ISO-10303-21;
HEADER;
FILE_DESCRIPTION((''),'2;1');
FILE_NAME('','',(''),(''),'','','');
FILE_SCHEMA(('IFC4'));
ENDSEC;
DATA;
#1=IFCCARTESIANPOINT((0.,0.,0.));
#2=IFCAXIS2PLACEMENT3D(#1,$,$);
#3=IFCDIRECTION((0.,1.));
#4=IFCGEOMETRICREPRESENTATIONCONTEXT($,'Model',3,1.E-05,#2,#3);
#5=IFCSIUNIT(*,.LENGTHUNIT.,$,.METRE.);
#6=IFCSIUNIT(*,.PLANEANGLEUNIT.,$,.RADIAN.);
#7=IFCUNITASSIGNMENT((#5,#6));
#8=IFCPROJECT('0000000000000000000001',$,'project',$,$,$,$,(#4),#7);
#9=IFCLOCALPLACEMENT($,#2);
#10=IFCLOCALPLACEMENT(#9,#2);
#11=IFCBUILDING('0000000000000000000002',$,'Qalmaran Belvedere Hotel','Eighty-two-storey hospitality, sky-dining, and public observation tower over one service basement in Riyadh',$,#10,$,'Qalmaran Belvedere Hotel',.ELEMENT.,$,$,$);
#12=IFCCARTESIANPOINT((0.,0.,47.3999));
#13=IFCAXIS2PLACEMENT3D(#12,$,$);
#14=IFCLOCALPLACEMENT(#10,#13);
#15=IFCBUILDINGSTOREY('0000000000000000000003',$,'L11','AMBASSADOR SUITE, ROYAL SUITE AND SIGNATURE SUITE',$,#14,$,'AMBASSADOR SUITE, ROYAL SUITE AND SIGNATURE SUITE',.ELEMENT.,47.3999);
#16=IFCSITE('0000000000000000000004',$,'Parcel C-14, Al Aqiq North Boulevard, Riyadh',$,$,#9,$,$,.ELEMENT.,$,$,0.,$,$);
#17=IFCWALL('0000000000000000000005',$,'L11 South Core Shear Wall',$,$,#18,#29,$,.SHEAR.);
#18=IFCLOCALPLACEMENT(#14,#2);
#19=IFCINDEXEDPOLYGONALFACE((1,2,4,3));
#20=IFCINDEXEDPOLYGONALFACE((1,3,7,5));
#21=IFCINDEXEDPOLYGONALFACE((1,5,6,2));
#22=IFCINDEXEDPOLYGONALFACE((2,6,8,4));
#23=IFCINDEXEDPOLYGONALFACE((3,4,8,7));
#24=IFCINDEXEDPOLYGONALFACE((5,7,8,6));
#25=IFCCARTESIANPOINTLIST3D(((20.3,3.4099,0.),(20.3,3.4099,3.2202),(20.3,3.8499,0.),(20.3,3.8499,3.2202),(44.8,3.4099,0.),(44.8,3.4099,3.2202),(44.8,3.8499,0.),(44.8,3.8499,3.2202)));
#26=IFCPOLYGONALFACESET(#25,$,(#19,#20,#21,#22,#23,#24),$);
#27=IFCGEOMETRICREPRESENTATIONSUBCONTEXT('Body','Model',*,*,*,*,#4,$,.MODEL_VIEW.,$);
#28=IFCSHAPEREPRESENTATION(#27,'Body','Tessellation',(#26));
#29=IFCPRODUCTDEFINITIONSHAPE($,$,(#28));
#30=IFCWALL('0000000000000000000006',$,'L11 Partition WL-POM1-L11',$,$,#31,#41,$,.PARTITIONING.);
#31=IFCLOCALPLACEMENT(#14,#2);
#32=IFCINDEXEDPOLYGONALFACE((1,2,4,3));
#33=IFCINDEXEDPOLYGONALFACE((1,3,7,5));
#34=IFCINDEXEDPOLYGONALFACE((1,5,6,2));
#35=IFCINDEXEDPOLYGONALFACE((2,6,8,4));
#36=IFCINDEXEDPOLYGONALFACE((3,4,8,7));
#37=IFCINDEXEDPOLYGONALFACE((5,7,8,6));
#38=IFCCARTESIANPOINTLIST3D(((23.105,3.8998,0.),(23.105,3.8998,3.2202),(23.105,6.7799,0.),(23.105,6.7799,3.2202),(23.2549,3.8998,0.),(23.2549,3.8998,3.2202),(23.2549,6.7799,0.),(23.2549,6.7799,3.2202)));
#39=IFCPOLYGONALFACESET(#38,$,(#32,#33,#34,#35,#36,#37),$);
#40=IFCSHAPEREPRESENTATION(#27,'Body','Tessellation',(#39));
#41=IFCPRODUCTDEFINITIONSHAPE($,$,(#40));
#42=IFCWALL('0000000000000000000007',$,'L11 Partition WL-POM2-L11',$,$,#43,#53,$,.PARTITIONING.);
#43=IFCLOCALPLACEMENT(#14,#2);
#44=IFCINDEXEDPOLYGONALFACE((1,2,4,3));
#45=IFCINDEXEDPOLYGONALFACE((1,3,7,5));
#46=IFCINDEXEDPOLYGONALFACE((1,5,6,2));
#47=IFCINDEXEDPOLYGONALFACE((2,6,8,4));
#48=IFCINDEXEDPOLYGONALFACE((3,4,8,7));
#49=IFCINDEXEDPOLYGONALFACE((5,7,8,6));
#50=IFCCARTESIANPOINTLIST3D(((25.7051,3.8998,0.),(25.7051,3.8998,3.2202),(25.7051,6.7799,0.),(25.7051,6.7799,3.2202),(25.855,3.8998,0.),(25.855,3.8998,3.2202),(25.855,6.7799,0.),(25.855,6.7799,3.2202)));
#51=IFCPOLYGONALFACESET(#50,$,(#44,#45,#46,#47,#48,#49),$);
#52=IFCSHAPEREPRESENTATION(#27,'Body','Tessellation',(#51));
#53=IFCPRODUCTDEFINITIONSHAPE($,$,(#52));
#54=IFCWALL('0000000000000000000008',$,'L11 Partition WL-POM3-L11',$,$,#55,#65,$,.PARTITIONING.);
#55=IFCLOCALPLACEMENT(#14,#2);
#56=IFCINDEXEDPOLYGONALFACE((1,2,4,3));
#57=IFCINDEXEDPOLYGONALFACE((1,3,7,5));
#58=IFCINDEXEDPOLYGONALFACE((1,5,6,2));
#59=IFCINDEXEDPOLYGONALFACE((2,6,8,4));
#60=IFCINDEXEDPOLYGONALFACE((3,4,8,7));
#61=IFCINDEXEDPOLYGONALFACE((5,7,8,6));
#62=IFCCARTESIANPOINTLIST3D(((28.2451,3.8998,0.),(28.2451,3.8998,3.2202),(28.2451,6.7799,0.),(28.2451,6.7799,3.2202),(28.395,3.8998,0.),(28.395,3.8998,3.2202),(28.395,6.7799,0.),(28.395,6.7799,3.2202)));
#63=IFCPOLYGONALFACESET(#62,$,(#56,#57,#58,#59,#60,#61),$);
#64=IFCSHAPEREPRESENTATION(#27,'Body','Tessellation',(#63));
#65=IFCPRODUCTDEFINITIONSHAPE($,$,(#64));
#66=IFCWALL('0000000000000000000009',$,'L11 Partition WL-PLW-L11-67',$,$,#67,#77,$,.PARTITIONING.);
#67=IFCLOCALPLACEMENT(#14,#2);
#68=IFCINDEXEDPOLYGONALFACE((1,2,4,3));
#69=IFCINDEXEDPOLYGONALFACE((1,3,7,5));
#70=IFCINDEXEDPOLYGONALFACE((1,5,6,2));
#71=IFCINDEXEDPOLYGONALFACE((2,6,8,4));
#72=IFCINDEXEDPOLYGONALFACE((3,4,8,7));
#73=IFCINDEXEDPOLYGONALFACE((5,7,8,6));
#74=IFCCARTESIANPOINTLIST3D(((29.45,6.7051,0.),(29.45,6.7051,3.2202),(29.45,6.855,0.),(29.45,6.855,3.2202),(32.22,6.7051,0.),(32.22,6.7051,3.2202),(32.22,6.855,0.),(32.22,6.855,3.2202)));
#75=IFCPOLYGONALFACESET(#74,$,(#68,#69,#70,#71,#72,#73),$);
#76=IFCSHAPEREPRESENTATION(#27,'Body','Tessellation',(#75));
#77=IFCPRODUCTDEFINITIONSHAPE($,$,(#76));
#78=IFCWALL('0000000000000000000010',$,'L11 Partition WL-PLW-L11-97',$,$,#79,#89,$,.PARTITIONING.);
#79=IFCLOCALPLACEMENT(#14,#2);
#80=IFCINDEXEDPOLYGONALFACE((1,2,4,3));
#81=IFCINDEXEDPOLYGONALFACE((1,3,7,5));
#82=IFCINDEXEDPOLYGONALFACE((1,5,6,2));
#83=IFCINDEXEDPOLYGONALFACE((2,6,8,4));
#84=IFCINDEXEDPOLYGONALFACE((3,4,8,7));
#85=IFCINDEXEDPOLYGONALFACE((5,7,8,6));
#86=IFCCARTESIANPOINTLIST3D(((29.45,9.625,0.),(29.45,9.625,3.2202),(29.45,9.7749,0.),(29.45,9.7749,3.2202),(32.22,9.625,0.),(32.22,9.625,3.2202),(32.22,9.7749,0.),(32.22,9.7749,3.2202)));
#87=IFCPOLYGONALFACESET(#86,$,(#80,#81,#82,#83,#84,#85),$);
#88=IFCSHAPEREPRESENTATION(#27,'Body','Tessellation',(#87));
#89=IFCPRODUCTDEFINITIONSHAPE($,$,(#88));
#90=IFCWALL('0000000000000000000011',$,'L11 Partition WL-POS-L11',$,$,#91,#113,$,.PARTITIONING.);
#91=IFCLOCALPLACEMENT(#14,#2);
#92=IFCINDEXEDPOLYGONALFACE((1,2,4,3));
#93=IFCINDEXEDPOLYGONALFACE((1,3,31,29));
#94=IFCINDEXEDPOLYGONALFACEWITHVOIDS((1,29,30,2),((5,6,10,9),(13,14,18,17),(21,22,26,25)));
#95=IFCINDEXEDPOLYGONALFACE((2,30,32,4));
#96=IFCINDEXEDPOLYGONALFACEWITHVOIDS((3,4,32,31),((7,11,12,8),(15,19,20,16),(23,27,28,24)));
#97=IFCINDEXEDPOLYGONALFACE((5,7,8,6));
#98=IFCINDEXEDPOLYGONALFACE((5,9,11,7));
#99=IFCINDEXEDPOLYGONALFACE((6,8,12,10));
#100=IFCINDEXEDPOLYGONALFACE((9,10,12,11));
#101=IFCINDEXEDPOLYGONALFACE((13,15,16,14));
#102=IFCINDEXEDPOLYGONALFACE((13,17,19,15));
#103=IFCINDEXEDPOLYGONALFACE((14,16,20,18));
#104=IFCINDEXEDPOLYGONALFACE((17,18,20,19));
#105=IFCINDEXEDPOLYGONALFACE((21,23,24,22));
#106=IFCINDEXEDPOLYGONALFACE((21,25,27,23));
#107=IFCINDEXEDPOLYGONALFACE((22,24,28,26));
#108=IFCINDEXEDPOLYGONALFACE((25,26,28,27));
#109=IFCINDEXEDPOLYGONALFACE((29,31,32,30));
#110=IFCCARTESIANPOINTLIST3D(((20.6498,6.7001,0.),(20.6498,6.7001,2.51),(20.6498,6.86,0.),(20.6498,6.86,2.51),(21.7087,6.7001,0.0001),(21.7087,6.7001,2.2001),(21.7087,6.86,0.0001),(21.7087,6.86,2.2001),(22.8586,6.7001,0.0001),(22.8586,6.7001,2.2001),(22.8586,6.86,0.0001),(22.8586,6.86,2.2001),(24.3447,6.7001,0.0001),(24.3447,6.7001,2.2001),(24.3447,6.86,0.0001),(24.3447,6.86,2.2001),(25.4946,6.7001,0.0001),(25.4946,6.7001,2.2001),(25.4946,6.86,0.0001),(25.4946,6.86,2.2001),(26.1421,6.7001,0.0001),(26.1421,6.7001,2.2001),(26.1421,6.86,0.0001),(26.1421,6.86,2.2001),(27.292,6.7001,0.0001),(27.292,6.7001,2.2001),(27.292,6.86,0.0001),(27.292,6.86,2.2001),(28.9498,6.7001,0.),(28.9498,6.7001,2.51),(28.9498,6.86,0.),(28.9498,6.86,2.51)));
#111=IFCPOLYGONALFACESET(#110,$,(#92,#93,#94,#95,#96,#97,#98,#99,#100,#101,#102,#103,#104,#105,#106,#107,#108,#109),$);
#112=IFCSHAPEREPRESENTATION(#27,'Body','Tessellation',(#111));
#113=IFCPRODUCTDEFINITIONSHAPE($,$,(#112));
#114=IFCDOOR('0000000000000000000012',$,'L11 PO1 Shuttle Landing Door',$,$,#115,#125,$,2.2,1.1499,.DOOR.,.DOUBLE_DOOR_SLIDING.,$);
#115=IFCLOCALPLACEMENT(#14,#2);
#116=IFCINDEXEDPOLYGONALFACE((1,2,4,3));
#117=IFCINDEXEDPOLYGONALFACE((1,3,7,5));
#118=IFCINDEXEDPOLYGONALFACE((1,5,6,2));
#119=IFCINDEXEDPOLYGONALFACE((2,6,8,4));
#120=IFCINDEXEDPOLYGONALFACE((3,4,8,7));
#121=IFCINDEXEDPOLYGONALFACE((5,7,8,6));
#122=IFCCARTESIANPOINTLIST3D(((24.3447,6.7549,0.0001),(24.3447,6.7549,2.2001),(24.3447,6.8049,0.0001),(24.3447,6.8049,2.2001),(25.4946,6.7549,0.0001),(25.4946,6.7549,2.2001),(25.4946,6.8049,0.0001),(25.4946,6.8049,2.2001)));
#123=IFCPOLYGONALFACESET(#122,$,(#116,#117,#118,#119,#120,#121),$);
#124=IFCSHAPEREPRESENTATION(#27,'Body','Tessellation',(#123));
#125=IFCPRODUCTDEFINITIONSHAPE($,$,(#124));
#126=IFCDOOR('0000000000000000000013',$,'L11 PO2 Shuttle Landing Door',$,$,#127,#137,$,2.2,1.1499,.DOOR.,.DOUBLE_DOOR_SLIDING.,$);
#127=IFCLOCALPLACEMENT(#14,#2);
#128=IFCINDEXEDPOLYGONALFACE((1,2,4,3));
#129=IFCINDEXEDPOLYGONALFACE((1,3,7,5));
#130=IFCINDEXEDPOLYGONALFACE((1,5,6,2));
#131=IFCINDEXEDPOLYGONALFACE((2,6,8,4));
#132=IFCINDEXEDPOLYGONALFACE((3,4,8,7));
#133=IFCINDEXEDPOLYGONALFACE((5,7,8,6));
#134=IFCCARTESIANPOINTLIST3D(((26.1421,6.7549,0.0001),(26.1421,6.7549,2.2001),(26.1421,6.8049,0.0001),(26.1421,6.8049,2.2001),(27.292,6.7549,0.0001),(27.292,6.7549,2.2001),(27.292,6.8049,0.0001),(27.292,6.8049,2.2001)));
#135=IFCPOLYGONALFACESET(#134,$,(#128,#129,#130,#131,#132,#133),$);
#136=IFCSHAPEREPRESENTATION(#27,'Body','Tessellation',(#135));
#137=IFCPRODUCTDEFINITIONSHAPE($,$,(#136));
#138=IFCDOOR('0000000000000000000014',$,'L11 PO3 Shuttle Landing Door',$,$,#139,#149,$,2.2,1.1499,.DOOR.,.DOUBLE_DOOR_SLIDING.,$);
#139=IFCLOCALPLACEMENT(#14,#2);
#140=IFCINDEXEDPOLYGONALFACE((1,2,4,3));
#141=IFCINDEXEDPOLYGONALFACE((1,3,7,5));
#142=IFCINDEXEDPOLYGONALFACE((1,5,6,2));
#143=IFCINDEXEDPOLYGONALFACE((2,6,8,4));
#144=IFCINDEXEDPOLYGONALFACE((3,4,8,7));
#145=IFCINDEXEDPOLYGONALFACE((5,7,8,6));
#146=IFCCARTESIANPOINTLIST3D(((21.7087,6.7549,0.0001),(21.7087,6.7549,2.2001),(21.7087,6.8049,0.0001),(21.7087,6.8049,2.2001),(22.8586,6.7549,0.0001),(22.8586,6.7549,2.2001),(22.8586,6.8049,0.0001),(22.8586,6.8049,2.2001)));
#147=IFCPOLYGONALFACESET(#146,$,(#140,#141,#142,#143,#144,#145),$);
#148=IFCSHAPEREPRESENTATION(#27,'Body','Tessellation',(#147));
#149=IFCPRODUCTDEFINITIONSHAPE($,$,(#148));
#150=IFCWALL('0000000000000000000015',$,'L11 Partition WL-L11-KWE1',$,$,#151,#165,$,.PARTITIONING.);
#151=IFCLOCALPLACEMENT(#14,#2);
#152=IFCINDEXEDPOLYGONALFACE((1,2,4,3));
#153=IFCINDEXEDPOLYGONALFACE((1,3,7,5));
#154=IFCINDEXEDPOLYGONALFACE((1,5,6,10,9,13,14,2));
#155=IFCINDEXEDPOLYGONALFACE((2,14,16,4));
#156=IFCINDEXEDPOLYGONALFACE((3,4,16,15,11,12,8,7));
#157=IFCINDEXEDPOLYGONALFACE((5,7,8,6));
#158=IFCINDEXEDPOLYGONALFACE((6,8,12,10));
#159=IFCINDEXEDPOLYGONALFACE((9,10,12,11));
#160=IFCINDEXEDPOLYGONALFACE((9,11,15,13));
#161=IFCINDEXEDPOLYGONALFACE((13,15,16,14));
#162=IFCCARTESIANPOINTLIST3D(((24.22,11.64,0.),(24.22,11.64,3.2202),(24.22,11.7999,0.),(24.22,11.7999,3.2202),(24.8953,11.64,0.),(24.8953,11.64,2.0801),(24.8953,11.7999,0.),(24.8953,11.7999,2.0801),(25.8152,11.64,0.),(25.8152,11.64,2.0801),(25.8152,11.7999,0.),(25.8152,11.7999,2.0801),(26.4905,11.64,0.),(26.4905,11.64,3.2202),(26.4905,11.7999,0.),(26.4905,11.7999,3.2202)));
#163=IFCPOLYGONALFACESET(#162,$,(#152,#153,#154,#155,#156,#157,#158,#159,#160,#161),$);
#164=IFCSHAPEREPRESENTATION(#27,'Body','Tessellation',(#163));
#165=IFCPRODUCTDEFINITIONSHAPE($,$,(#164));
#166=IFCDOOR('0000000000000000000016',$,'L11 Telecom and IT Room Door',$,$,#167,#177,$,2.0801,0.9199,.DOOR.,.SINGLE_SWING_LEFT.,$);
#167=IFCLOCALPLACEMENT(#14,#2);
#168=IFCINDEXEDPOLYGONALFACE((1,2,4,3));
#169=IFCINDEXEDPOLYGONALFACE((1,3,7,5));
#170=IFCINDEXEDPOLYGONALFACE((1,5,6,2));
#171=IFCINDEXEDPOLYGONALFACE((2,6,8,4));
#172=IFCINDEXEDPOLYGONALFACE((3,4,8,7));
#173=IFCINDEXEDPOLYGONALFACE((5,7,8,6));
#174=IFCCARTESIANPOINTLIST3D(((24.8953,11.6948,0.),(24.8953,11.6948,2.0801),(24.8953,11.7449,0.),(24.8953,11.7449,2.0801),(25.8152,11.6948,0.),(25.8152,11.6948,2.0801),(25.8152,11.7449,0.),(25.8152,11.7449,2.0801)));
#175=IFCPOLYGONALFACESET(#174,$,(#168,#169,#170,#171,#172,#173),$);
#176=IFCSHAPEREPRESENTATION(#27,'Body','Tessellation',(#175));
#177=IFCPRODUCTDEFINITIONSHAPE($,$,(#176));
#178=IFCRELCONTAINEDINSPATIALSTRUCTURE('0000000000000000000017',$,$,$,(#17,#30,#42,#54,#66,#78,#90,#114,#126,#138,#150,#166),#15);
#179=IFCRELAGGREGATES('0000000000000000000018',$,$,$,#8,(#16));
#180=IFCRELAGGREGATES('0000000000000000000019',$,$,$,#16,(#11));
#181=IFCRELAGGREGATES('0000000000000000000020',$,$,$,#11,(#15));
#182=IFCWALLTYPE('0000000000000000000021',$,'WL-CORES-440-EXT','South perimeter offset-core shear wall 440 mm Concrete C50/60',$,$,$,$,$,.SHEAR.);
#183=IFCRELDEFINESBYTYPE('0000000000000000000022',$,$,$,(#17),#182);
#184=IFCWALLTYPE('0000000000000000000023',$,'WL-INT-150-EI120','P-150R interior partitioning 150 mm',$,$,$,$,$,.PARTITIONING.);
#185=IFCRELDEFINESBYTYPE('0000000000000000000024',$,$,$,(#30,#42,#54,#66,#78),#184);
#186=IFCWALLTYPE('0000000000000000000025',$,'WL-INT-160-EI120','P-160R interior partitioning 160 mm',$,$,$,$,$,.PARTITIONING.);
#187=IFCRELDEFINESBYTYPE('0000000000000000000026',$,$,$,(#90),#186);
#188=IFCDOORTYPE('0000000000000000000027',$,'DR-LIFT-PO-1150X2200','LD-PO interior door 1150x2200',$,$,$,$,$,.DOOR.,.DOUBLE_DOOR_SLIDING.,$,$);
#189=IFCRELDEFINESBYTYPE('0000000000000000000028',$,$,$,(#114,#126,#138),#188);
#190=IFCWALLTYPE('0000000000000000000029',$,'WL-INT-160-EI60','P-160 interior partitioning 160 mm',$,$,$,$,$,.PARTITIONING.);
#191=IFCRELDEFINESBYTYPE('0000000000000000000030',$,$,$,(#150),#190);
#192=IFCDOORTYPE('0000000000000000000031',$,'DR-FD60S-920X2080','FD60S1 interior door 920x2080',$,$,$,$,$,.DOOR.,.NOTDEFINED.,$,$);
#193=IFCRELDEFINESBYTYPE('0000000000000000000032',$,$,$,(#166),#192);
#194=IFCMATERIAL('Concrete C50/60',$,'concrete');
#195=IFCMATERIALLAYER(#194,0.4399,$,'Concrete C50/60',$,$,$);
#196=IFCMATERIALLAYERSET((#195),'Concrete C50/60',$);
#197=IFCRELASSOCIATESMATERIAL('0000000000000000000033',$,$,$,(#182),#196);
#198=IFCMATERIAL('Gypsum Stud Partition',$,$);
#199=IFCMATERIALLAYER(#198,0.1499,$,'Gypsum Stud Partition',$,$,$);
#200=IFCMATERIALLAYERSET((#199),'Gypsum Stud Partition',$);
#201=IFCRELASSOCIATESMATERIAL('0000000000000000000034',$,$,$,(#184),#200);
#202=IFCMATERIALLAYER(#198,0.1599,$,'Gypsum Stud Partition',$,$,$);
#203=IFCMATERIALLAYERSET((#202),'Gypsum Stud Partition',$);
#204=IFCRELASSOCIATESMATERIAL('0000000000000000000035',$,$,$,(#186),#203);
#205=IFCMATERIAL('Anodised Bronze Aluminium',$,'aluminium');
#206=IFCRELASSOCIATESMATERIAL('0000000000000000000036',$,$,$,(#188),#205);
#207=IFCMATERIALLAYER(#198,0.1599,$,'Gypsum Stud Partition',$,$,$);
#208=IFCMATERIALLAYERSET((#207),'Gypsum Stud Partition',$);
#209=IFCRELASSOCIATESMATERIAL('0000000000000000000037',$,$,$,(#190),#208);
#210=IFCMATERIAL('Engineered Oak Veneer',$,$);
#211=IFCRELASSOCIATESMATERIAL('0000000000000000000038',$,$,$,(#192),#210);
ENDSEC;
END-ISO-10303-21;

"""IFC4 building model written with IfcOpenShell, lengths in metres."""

from ifc_helpers import new_model, si_unit, direction, frame, frame_2d, origin, place, context, subcontext, project, spatial, rectangle, extrude, material, layer, layer_set, type_object, element, fill, save


model = new_model("IFC4")

# Units and contexts
model_context = context("Model", 3, precision=1e-05, world=origin(), true_north=direction((0.0, 1.0)))
body_context = subcontext(model_context, "Body", "Model", "MODEL_VIEW")
ifc_project = project(units=[si_unit("LENGTHUNIT", "METRE"), si_unit("PLANEANGLEUNIT", "RADIAN")], contexts=[model_context])

# Site, building, storey
site_placement = place(None, origin())
site = spatial("IfcSite", under=ifc_project, at=site_placement, Name="Parcel C-14, Al Aqiq North Boulevard, Riyadh", CompositionType="ELEMENT", RefElevation=0.0)
building_placement = place(site_placement, origin())
building = spatial("IfcBuilding", under=site, at=building_placement, Name="Qalmaran Belvedere Hotel", Description="Eighty-two-storey hospitality, sky-dining, and public observation tower over one service basement in Riyadh", LongName="Qalmaran Belvedere Hotel", CompositionType="ELEMENT")
storey_placement = place(building_placement, frame((0.0, 0.0, 47.3999)))
storey = spatial("IfcBuildingStorey", under=building, at=storey_placement, Name="L11", Description="AMBASSADOR SUITE, ROYAL SUITE AND SIGNATURE SUITE", LongName="AMBASSADOR SUITE, ROYAL SUITE AND SIGNATURE SUITE", CompositionType="ELEMENT", Elevation=47.3999)

# Shared definitions
ifc_material_1 = material(Name="Anodised Bronze Aluminium", Category="aluminium")

# Walls
ifc_material_2 = material(Name="Concrete C50/60", Category="concrete")
ifc_layer_1 = layer(ifc_material_2, 0.4399, Name="Concrete C50/60")
ifc_layer_set_1 = layer_set([ifc_layer_1], Name="Concrete C50/60")
wall_type_1 = type_object("IfcWallType", Name="WL-CORES-440-EXT", Description="South perimeter offset-core shear wall 440 mm Concrete C50/60", PredefinedType="SHEAR", material=ifc_layer_set_1)
wall_1_placement = place(storey_placement, frame((20.3, 3.6299, 0.0), z_axis=(0.0, 0.0, 1.0), x_axis=(1.0, 0.0, 0.0)))
element("IfcWall", 1, at=wall_1_placement, inside=storey, type_object=wall_type_1, Name="L11 South Core Shear Wall", PredefinedType="SHEAR", context=body_context, shape_type="SweptSolid", body=[
    extrude(rectangle(XDim=24.5, YDim=0.4399, at=frame_2d((12.25, 0.0))), origin(), (0.0, 0.0, 1.0), 3.2202),
])
ifc_material_3 = material(Name="Gypsum Stud Partition")
ifc_layer_2 = layer(ifc_material_3, 0.1499, Name="Gypsum Stud Partition")
ifc_layer_set_2 = layer_set([ifc_layer_2], Name="Gypsum Stud Partition")
wall_type_2 = type_object("IfcWallType", Name="WL-INT-150-EI120", Description="P-150R interior partitioning 150 mm", PredefinedType="PARTITIONING", material=ifc_layer_set_2)
for number, where, z_axis, x_axis, name in (
    (2, (23.1799, 3.8999, 0.0), (0.0, 0.0, 1.0), (0.0, 1.0, 0.0), "L11 Partition WL-POM1-L11"),
    (3, (25.78, 3.8999, 0.0), (0.0, 0.0, 1.0), (0.0, 1.0, 0.0), "L11 Partition WL-POM2-L11"),
    (4, (28.3201, 3.8999, 0.0), (0.0, 0.0, 1.0), (0.0, 1.0, 0.0), "L11 Partition WL-POM3-L11"),
):
    element("IfcWall", number, at=place(storey_placement, frame(where, z_axis=z_axis, x_axis=x_axis)), inside=storey, type_object=wall_type_2, Name=name, PredefinedType="PARTITIONING", context=body_context, shape_type="SweptSolid", body=[
        extrude(rectangle(XDim=2.8801, YDim=0.1499, at=frame_2d((1.4399, 0.0))), origin(), (0.0, 0.0, 1.0), 3.2202),
    ])
for number, where, z_axis, x_axis, name in (
    (5, (29.45, 6.78, 0.0), (0.0, 0.0, 1.0), (1.0, 0.0, 0.0), "L11 Partition WL-PLW-L11-67"),
    (6, (29.45, 9.7, 0.0), (0.0, 0.0, 1.0), (1.0, 0.0, 0.0), "L11 Partition WL-PLW-L11-97"),
):
    element("IfcWall", number, at=place(storey_placement, frame(where, z_axis=z_axis, x_axis=x_axis)), inside=storey, type_object=wall_type_2, Name=name, PredefinedType="PARTITIONING", context=body_context, shape_type="SweptSolid", body=[
        extrude(rectangle(XDim=2.77, YDim=0.1499, at=frame_2d((1.385, 0.0))), origin(), (0.0, 0.0, 1.0), 3.2202),
    ])

# Wall, openings, doors
ifc_layer_3 = layer(ifc_material_3, 0.1599, Name="Gypsum Stud Partition")
ifc_layer_set_3 = layer_set([ifc_layer_3], Name="Gypsum Stud Partition")
wall_type_3 = type_object("IfcWallType", Name="WL-INT-160-EI120", Description="P-160R interior partitioning 160 mm", PredefinedType="PARTITIONING", material=ifc_layer_set_3)
wall_2_placement = place(storey_placement, frame((20.6499, 6.78, 0.0), z_axis=(0.0, 0.0, 1.0), x_axis=(1.0, 0.0, 0.0)))
wall_2 = element("IfcWall", 7, at=wall_2_placement, inside=storey, type_object=wall_type_3, Name="L11 Partition WL-POS-L11", PredefinedType="PARTITIONING", context=body_context, shape_type="SweptSolid", body=[
    extrude(rectangle(XDim=8.3, YDim=0.1599, at=frame_2d((4.1499, 0.0))), origin(), (0.0, 0.0, 1.0), 2.51),
])
opening_1_placement = place(wall_2_placement, frame((3.6948, 0.0, 0.0)))
opening_1 = element("IfcOpeningElement", 8, at=opening_1_placement, cuts=wall_2, PredefinedType="OPENING", context=body_context, shape_type="SweptSolid", body=[
    extrude(rectangle(XDim=1.1499, YDim=2.2, at=frame_2d((0.575, 1.1001))), frame((0.0, 0.0898, 0.0), z_axis=(0.0, -1.0, 0.0), x_axis=(1.0, 0.0, 0.0)), (0.0, 0.0, 1.0), 0.1799),
])
opening_2_placement = place(wall_2_placement, frame((5.4922, 0.0, 0.0)))
opening_2 = element("IfcOpeningElement", 9, at=opening_2_placement, cuts=wall_2, PredefinedType="OPENING", context=body_context, shape_type="SweptSolid", body=[
    extrude(rectangle(XDim=1.1499, YDim=2.2, at=frame_2d((0.575, 1.1001))), frame((0.0, 0.0898, 0.0), z_axis=(0.0, -1.0, 0.0), x_axis=(1.0, 0.0, 0.0)), (0.0, 0.0, 1.0), 0.1799),
])
opening_3_placement = place(wall_2_placement, frame((1.0588, 0.0, 0.0)))
opening_3 = element("IfcOpeningElement", 10, at=opening_3_placement, cuts=wall_2, PredefinedType="OPENING", context=body_context, shape_type="SweptSolid", body=[
    extrude(rectangle(XDim=1.1499, YDim=2.2, at=frame_2d((0.575, 1.1001))), frame((0.0, 0.0898, 0.0), z_axis=(0.0, -1.0, 0.0), x_axis=(1.0, 0.0, 0.0)), (0.0, 0.0, 1.0), 0.1799),
])
door_type_1 = type_object("IfcDoorType", Name="DR-LIFT-PO-1150X2200", Description="LD-PO interior door 1150x2200", OperationType="DOUBLE_DOOR_SLIDING", PredefinedType="DOOR", material=ifc_material_1)
door_1_placement = place(opening_1_placement, origin())
door_1 = element("IfcDoor", 11, at=door_1_placement, inside=storey, type_object=door_type_1, Name="L11 PO1 Shuttle Landing Door", OperationType="DOUBLE_DOOR_SLIDING", OverallHeight=2.2, OverallWidth=1.1499, PredefinedType="DOOR", context=body_context, shape_type="SweptSolid", body=[
    extrude(rectangle(XDim=1.1499, YDim=2.2, at=frame_2d((0.575, 1.1001))), frame((0.0, 0.0249, 0.0), z_axis=(0.0, -1.0, 0.0), x_axis=(1.0, 0.0, 0.0)), (0.0, 0.0, 1.0), 0.05),
])
fill(opening_1, door_1)
door_2_placement = place(opening_2_placement, origin())
door_2 = element("IfcDoor", 12, at=door_2_placement, inside=storey, type_object=door_type_1, Name="L11 PO2 Shuttle Landing Door", OperationType="DOUBLE_DOOR_SLIDING", OverallHeight=2.2, OverallWidth=1.1499, PredefinedType="DOOR", context=body_context, shape_type="SweptSolid", body=[
    extrude(rectangle(XDim=1.1499, YDim=2.2, at=frame_2d((0.575, 1.1001))), frame((0.0, 0.0249, 0.0), z_axis=(0.0, -1.0, 0.0), x_axis=(1.0, 0.0, 0.0)), (0.0, 0.0, 1.0), 0.05),
])
fill(opening_2, door_2)
door_3_placement = place(opening_3_placement, origin())
door_3 = element("IfcDoor", 13, at=door_3_placement, inside=storey, type_object=door_type_1, Name="L11 PO3 Shuttle Landing Door", OperationType="DOUBLE_DOOR_SLIDING", OverallHeight=2.2, OverallWidth=1.1499, PredefinedType="DOOR", context=body_context, shape_type="SweptSolid", body=[
    extrude(rectangle(XDim=1.1499, YDim=2.2, at=frame_2d((0.575, 1.1001))), frame((0.0, 0.0249, 0.0), z_axis=(0.0, -1.0, 0.0), x_axis=(1.0, 0.0, 0.0)), (0.0, 0.0, 1.0), 0.05),
])
fill(opening_3, door_3)

# Wall, opening, door
ifc_layer_4 = layer(ifc_material_3, 0.1599, Name="Gypsum Stud Partition")
ifc_layer_set_4 = layer_set([ifc_layer_4], Name="Gypsum Stud Partition")
wall_type_4 = type_object("IfcWallType", Name="WL-INT-160-EI60", Description="P-160 interior partitioning 160 mm", PredefinedType="PARTITIONING", material=ifc_layer_set_4)
wall_3_placement = place(storey_placement, frame((24.22, 11.72, 0.0), z_axis=(0.0, 0.0, 1.0), x_axis=(1.0, 0.0, 0.0)))
wall_3 = element("IfcWall", 14, at=wall_3_placement, inside=storey, type_object=wall_type_4, Name="L11 Partition WL-L11-KWE1", PredefinedType="PARTITIONING", context=body_context, shape_type="SweptSolid", body=[
    extrude(rectangle(XDim=2.2705, YDim=0.1599, at=frame_2d((1.1353, 0.0))), origin(), (0.0, 0.0, 1.0), 3.2202),
])
opening_4_placement = place(wall_3_placement, frame((0.6753, 0.0, 0.0)))
opening_4 = element("IfcOpeningElement", 15, at=opening_4_placement, cuts=wall_3, PredefinedType="OPENING", context=body_context, shape_type="SweptSolid", body=[
    extrude(rectangle(XDim=0.9199, YDim=2.0801, at=frame_2d((0.46, 1.04))), frame((0.0, 0.0898, 0.0), z_axis=(0.0, -1.0, 0.0), x_axis=(1.0, 0.0, 0.0)), (0.0, 0.0, 1.0), 0.1799),
])
ifc_material_4 = material(Name="Engineered Oak Veneer")
door_type_2 = type_object("IfcDoorType", Name="DR-FD60S-920X2080", Description="FD60S1 interior door 920x2080", OperationType="NOTDEFINED", PredefinedType="DOOR", material=ifc_material_4)
door_4_placement = place(opening_4_placement, origin())
door_4 = element("IfcDoor", 16, at=door_4_placement, inside=storey, type_object=door_type_2, Name="L11 Telecom and IT Room Door", OperationType="SINGLE_SWING_LEFT", OverallHeight=2.0801, OverallWidth=0.9199, PredefinedType="DOOR", context=body_context, shape_type="SweptSolid", body=[
    extrude(rectangle(XDim=0.9199, YDim=2.0801, at=frame_2d((0.46, 1.04))), frame((0.0, 0.0249, 0.0), z_axis=(0.0, -1.0, 0.0), x_axis=(1.0, 0.0, 0.0)), (0.0, 0.0, 1.0), 0.05),
])
fill(opening_4, door_4)

save(model, "model.ifc")
